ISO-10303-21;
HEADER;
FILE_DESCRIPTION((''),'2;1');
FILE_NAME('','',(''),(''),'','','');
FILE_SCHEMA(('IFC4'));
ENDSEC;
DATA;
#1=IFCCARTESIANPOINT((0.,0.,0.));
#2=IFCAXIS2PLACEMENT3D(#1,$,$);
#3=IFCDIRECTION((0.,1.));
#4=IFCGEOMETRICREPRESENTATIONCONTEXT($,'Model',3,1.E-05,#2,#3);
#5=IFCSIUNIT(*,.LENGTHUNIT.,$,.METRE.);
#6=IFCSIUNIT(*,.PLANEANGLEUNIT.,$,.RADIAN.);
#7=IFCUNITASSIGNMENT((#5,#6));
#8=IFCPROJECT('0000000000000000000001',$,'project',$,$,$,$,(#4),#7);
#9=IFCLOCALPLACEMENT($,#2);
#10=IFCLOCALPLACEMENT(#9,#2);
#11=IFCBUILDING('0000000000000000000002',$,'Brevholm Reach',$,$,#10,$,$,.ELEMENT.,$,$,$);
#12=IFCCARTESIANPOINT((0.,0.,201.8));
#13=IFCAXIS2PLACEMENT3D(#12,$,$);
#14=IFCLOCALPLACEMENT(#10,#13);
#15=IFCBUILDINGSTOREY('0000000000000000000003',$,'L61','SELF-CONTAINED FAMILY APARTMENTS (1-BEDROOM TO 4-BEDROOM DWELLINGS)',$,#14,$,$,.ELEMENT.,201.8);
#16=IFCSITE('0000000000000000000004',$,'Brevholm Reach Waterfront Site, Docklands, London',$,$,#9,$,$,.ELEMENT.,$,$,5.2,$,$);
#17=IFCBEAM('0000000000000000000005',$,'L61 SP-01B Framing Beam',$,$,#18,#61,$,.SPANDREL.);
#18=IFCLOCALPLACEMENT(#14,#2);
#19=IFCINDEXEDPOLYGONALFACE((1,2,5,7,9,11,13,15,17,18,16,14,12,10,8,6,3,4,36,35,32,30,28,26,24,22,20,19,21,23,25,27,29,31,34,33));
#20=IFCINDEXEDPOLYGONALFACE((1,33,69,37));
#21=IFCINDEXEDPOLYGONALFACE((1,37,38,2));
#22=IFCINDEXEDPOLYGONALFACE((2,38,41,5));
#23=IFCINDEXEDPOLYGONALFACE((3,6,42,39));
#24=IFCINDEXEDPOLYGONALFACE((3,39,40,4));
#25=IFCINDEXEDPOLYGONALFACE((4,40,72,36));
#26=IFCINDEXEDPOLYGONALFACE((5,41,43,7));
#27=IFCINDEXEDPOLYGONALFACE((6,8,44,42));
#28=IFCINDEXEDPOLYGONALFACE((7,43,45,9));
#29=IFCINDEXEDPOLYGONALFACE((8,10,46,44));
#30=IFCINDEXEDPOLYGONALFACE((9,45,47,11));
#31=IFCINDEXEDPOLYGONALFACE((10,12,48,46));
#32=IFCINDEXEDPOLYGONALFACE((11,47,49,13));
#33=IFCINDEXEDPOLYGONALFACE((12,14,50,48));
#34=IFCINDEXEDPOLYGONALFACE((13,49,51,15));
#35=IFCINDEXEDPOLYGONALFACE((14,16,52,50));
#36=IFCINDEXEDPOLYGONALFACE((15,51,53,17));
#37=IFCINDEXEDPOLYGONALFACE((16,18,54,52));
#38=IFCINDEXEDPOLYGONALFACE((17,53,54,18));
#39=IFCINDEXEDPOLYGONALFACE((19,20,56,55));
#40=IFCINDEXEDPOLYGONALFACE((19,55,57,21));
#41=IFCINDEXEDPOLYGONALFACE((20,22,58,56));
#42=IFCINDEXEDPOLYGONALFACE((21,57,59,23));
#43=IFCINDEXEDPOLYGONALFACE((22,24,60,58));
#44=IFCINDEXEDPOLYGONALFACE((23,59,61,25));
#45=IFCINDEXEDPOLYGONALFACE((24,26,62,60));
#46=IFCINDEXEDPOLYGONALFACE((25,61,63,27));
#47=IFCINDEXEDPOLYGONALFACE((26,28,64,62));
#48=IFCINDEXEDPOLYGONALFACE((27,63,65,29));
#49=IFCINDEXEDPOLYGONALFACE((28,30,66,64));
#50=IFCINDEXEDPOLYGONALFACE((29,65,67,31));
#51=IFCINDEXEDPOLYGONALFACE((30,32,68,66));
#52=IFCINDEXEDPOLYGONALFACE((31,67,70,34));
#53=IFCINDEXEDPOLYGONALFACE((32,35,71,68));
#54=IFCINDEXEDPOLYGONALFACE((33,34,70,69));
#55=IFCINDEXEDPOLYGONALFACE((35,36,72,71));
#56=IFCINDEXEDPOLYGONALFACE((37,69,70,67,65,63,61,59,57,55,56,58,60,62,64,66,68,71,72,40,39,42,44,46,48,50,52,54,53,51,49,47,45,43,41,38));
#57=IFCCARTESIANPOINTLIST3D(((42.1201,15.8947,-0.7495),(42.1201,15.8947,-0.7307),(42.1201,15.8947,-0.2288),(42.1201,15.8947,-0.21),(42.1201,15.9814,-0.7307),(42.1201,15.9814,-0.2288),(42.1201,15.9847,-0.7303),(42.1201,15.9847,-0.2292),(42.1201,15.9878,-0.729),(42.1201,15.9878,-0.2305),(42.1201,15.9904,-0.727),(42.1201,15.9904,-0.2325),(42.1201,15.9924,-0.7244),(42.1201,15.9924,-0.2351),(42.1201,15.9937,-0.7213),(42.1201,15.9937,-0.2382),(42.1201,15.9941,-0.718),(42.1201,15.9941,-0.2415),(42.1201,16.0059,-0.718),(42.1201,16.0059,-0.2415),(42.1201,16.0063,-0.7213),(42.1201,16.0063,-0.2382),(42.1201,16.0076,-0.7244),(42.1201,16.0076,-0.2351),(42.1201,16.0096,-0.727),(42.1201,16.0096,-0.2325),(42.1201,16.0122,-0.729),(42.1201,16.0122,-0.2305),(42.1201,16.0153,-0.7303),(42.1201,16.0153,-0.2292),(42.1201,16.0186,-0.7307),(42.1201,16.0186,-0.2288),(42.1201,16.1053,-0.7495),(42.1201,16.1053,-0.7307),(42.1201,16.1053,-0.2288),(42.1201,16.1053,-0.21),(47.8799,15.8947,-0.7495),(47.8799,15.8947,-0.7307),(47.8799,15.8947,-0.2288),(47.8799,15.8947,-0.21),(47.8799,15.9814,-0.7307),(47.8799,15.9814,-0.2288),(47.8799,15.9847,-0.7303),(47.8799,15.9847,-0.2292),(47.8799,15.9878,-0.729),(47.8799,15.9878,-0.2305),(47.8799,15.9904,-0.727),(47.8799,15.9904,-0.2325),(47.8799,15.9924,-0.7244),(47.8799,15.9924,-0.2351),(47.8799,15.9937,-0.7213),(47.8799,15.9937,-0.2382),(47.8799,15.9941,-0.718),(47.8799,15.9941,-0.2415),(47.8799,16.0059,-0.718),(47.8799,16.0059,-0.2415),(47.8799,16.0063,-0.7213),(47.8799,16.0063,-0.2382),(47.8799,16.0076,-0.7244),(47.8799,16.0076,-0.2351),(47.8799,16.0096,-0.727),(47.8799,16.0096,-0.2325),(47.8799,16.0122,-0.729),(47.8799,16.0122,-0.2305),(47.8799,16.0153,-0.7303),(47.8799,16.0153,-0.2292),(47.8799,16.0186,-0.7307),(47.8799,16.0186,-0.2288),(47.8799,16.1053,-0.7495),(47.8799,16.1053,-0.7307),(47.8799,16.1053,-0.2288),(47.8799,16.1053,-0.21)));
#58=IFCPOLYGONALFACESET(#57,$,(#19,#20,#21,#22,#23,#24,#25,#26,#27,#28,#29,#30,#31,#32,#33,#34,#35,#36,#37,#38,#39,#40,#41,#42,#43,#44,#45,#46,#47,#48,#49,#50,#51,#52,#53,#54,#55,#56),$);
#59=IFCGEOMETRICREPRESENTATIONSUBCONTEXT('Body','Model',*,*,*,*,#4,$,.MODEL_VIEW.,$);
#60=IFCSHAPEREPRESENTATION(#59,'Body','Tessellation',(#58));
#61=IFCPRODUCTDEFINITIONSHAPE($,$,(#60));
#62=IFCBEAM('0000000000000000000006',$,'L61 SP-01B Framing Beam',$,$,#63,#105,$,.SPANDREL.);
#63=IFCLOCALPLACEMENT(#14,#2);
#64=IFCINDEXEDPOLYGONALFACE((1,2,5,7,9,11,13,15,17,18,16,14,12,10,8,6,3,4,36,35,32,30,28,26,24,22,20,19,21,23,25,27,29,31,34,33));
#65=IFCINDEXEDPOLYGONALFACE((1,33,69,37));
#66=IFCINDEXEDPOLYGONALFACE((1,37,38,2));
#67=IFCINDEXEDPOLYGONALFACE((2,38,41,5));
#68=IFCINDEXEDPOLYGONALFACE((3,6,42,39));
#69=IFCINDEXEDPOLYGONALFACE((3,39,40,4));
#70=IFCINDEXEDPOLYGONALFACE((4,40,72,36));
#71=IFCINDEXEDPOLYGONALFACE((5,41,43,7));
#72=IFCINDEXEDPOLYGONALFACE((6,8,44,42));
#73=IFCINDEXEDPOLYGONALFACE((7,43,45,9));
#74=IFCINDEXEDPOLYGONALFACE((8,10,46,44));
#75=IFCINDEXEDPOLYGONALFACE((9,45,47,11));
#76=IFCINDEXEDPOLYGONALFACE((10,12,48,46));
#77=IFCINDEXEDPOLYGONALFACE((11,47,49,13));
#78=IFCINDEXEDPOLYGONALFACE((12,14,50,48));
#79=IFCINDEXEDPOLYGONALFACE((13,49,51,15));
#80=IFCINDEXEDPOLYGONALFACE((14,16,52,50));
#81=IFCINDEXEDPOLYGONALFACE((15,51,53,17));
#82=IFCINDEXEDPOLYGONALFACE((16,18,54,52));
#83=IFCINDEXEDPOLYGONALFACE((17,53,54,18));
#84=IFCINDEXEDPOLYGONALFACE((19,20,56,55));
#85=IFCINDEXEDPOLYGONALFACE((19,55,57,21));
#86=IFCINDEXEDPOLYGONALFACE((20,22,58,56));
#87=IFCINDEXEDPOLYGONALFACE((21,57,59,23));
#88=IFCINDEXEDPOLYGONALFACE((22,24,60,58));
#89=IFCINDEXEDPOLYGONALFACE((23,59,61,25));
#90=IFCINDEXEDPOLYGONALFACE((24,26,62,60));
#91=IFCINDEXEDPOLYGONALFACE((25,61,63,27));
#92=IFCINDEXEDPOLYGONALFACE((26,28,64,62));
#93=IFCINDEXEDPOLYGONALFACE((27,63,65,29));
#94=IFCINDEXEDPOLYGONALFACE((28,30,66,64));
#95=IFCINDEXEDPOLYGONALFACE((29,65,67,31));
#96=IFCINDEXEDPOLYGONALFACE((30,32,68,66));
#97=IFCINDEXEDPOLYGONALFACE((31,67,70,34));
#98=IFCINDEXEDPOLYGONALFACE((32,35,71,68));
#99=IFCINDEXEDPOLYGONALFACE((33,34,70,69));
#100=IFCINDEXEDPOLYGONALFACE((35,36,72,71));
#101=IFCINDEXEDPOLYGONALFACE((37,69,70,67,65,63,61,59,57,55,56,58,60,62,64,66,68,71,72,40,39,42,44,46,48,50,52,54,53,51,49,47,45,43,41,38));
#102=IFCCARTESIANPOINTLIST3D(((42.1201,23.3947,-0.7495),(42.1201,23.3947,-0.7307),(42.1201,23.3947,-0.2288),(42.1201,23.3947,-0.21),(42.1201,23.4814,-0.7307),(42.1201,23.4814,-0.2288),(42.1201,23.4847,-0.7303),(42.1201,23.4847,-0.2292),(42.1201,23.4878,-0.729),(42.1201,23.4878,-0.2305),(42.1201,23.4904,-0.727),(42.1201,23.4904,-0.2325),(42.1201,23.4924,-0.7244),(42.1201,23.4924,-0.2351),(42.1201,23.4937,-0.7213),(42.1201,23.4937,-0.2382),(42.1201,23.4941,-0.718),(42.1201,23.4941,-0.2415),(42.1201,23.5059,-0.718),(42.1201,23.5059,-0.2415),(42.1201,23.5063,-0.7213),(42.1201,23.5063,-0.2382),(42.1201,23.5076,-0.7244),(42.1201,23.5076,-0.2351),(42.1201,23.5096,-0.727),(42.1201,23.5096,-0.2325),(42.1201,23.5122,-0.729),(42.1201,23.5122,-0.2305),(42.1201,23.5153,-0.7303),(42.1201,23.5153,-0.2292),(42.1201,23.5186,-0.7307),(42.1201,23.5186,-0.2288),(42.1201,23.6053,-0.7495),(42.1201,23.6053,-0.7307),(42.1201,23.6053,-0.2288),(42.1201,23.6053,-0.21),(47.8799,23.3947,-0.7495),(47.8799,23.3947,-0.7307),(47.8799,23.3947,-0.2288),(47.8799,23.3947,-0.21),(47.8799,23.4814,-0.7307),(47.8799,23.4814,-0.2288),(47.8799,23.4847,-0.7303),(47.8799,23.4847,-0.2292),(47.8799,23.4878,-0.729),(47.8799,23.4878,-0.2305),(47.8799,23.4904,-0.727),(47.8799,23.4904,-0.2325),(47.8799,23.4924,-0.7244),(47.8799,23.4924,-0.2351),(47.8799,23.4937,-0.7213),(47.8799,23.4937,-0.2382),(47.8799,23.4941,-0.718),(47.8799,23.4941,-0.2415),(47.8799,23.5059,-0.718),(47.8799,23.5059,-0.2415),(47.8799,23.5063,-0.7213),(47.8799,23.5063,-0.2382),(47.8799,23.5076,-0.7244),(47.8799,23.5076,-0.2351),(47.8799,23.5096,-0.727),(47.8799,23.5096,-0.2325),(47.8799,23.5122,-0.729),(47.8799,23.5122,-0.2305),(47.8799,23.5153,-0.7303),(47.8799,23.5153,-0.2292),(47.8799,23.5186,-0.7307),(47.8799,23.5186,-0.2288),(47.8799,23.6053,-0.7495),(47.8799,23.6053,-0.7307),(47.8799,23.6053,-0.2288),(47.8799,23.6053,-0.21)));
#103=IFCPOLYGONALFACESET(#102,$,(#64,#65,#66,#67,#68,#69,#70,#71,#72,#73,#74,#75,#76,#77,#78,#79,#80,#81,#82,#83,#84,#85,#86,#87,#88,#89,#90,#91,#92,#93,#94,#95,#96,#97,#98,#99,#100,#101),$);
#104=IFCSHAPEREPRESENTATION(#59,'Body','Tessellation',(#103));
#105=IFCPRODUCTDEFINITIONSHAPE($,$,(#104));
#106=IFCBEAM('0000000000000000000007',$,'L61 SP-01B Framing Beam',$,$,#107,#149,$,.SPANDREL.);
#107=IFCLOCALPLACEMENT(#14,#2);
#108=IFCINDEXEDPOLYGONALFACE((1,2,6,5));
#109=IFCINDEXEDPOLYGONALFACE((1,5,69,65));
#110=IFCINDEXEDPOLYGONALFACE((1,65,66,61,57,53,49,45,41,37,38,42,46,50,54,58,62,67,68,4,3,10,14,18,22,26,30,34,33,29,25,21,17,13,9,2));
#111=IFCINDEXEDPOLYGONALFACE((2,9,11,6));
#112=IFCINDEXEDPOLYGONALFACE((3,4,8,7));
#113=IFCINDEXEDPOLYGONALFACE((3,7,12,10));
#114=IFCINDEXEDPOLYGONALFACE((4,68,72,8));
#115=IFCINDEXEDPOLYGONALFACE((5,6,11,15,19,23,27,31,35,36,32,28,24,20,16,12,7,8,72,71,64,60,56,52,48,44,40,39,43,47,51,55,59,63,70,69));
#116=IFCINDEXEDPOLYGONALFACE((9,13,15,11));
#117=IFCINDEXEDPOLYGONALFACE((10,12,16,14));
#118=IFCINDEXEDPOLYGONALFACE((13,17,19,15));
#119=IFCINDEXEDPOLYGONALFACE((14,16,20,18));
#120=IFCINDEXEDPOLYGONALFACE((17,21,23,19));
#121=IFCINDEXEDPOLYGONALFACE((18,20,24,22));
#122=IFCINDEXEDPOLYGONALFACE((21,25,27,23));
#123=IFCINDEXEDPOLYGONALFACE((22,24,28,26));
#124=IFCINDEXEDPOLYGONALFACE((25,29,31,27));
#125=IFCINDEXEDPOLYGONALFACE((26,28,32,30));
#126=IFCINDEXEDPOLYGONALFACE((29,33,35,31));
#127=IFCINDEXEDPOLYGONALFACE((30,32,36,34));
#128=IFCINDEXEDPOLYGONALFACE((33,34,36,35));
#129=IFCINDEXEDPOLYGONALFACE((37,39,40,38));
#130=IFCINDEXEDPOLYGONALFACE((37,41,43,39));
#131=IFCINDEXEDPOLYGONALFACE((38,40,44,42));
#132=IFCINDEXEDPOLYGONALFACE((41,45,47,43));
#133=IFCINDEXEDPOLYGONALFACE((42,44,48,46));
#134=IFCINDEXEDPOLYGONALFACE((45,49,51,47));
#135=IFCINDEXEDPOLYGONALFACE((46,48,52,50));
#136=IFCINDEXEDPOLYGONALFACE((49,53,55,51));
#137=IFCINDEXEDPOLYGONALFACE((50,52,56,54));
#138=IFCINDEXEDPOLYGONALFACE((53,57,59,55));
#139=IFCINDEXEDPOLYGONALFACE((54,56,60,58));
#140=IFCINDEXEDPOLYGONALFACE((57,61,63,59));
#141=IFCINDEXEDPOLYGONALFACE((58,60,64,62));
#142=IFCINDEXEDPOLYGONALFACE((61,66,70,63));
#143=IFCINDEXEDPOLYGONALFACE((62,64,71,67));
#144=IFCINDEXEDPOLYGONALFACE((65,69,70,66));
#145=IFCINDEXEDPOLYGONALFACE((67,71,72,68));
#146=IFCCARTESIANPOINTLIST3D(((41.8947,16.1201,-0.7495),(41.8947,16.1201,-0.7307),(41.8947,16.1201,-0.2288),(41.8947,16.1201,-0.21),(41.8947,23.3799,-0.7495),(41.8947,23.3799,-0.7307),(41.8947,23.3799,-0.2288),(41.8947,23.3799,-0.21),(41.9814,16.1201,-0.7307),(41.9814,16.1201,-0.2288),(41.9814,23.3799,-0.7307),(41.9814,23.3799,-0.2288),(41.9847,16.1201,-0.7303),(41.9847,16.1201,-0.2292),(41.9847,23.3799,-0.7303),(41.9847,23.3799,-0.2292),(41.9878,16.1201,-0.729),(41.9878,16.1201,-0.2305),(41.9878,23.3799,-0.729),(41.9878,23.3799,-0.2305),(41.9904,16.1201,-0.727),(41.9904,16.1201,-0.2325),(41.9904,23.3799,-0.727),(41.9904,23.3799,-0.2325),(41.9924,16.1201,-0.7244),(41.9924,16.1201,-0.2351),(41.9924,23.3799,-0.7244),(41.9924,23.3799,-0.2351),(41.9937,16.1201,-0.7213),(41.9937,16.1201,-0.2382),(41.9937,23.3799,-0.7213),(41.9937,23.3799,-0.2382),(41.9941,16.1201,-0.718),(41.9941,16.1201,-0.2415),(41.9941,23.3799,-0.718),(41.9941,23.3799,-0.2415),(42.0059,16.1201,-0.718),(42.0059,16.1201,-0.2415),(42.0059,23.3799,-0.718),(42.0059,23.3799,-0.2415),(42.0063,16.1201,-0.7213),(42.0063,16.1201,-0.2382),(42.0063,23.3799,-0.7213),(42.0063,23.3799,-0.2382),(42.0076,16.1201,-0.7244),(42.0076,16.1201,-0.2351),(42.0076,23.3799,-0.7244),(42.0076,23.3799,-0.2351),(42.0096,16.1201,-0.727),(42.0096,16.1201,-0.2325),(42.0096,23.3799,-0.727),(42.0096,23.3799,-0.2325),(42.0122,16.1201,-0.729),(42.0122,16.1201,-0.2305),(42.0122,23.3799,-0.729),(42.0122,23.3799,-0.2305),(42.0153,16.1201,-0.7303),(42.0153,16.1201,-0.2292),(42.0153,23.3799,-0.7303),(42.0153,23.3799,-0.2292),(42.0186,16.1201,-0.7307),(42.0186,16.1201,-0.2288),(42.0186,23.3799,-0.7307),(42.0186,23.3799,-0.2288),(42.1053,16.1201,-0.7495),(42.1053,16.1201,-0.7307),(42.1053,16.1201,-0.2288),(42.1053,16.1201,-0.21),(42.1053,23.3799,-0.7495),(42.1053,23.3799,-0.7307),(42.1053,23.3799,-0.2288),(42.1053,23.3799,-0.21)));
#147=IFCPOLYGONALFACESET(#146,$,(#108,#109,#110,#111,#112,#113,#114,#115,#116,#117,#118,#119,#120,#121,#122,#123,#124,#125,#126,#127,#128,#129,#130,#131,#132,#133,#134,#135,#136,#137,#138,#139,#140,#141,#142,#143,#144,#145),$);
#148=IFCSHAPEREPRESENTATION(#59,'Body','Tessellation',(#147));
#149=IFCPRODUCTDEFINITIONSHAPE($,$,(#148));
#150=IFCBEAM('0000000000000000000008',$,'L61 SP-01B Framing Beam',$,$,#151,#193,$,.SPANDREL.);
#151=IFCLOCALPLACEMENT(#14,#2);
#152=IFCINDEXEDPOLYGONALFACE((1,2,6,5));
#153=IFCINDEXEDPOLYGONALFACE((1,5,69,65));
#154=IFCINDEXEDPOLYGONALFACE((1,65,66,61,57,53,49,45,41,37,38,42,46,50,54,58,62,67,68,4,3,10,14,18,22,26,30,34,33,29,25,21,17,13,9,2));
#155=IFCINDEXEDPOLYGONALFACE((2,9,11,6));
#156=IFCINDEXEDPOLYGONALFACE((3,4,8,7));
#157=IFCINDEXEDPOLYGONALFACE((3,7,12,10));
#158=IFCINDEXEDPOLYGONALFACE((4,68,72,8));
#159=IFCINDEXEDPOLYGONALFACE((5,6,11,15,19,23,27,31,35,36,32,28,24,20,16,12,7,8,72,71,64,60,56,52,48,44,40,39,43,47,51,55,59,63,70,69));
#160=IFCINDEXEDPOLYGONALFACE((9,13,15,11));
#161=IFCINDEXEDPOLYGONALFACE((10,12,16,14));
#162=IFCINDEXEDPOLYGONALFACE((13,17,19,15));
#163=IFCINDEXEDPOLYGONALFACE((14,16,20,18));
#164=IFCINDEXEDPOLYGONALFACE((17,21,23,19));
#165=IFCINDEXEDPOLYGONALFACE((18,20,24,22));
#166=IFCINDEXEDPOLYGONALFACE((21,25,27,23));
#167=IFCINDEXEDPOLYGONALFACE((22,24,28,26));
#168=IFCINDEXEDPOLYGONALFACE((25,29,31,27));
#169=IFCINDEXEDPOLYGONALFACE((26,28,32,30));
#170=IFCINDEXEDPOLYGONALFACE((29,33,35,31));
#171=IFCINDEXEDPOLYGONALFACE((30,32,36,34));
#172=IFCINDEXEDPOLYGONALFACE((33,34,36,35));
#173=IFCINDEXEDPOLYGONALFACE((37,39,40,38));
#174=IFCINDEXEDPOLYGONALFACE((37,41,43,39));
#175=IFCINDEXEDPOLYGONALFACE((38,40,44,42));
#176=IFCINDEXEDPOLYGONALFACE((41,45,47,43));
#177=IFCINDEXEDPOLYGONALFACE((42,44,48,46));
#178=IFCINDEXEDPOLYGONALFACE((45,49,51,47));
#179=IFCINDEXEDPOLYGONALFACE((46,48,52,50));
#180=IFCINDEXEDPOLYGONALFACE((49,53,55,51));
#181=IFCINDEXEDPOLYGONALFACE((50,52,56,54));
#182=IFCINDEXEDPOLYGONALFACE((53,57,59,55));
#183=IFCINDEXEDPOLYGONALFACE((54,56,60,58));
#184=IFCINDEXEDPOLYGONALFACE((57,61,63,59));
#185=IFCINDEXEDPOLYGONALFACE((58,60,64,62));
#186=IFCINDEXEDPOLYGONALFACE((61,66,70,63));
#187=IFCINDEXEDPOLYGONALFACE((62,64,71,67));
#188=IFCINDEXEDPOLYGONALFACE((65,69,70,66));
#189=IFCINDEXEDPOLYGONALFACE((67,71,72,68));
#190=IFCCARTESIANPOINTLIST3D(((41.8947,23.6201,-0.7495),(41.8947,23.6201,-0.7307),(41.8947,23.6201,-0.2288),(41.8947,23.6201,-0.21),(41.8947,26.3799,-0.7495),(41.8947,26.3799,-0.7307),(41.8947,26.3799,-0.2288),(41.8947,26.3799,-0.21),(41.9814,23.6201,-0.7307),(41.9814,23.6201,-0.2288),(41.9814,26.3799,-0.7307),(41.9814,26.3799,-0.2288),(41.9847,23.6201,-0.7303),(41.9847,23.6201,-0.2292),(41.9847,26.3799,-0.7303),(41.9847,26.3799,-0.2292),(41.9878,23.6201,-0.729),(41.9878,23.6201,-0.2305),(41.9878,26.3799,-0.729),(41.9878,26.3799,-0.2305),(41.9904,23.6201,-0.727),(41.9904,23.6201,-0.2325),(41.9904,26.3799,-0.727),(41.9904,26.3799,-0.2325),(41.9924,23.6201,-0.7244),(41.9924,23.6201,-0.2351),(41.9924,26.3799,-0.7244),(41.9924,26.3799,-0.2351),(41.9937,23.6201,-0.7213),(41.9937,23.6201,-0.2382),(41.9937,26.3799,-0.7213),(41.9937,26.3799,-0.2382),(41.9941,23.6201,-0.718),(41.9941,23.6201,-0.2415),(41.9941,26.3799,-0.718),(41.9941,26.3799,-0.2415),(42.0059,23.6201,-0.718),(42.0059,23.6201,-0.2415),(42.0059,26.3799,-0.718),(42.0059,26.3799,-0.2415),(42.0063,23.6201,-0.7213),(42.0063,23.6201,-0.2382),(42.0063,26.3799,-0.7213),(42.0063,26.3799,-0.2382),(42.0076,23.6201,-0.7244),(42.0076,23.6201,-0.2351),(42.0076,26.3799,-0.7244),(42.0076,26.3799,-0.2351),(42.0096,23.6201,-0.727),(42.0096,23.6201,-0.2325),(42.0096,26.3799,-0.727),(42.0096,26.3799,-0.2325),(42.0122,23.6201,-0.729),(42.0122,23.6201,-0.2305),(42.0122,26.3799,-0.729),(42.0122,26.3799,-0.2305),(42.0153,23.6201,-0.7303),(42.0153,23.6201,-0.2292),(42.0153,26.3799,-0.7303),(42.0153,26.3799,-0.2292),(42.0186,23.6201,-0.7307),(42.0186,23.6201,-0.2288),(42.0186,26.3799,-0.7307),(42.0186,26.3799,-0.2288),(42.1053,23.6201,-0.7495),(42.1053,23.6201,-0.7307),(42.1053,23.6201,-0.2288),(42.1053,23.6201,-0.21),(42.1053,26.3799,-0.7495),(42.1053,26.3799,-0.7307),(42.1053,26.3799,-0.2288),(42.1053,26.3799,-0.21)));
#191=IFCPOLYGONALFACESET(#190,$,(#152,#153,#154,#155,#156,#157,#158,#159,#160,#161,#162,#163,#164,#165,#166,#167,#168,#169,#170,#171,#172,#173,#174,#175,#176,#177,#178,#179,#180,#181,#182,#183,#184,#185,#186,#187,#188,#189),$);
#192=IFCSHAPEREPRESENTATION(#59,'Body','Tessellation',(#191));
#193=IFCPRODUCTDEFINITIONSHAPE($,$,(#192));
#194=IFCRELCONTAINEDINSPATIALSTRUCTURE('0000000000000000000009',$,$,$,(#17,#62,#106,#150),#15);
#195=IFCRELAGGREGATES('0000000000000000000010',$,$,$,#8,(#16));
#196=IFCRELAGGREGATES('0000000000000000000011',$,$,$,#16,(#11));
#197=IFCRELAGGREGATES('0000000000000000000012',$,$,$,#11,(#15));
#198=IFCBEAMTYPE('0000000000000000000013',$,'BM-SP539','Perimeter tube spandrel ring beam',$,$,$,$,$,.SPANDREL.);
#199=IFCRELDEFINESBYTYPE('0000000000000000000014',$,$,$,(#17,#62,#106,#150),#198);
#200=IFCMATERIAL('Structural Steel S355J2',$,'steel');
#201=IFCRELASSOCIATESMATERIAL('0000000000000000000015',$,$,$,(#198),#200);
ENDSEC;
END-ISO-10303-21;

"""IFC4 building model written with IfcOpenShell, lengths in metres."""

from ifc_helpers import new_model, si_unit, direction, frame, origin, origin_2d, place, context, subcontext, project, spatial, i_section, extrude, material, material_profile, profile_set, type_object, element, save


model = new_model("IFC4")

# Units and contexts
model_context = context("Model", 3, precision=1e-05, world=origin(), true_north=direction((0.0, 1.0)))
body_context = subcontext(model_context, "Body", "Model", "MODEL_VIEW")
ifc_project = project(units=[si_unit("LENGTHUNIT", "METRE"), si_unit("PLANEANGLEUNIT", "RADIAN")], contexts=[model_context])

# Site, building, storey
site_placement = place(None, origin())
site = spatial("IfcSite", under=ifc_project, at=site_placement, Name="Brevholm Reach Waterfront Site, Docklands, London", CompositionType="ELEMENT", RefElevation=5.2)
building_placement = place(site_placement, origin())
building = spatial("IfcBuilding", under=site, at=building_placement, Name="Brevholm Reach", CompositionType="ELEMENT")
storey_placement = place(building_placement, frame((0.0, 0.0, 201.8)))
storey = spatial("IfcBuildingStorey", under=building, at=storey_placement, Name="L61", Description="SELF-CONTAINED FAMILY APARTMENTS (1-BEDROOM TO 4-BEDROOM DWELLINGS)", CompositionType="ELEMENT", Elevation=201.8)

# Beams
ifc_material_1 = material(Name="Structural Steel S355J2", Category="steel")
ifc_material_profile_1 = material_profile(ifc_material_1, i_section(OverallWidth=0.2107, OverallDepth=0.5396, WebThickness=0.0117, FlangeThickness=0.0188, FilletRadius=0.0127, at=origin_2d()), Name="UKB 533x210x109")
ifc_profile_set_1 = profile_set([ifc_material_profile_1], Name="Structural Steel S355J2")
beam_type_1 = type_object("IfcBeamType", Name="BM-SP539", Description="Perimeter tube spandrel ring beam", PredefinedType="SPANDREL", material=ifc_profile_set_1)
for number, where, z_axis, x_axis, name in (
    (1, (42.1201, 16.0, -0.4797), (1.0, 0.0, 0.0), (0.0, 1.0, 0.0), "L61 SP-01B Framing Beam"),
    (2, (42.1201, 23.5, -0.4797), (1.0, 0.0, 0.0), (0.0, 1.0, 0.0), "L61 SP-01B Framing Beam"),
):
    element("IfcBeam", number, at=place(storey_placement, frame(where, z_axis=z_axis, x_axis=x_axis)), inside=storey, type_object=beam_type_1, Name=name, PredefinedType="SPANDREL", context=body_context, shape_type="SweptSolid", body=[
        extrude(i_section(OverallWidth=0.2107, OverallDepth=0.5396, WebThickness=0.0117, FlangeThickness=0.0188, FilletRadius=0.0127, at=origin_2d()), origin(), (0.0, 0.0, 1.0), 5.7598),
    ])
beam_1_placement = place(storey_placement, frame((42.0, 16.1201, -0.4797), z_axis=(0.0, 1.0, 0.0), x_axis=(-1.0, 0.0, 0.0)))
element("IfcBeam", 3, at=beam_1_placement, inside=storey, type_object=beam_type_1, Name="L61 SP-01B Framing Beam", PredefinedType="SPANDREL", context=body_context, shape_type="SweptSolid", body=[
    extrude(i_section(OverallWidth=0.2107, OverallDepth=0.5396, WebThickness=0.0117, FlangeThickness=0.0188, FilletRadius=0.0127, at=origin_2d()), origin(), (0.0, 0.0, 1.0), 7.2598),
])
beam_2_placement = place(storey_placement, frame((42.0, 23.6201, -0.4797), z_axis=(0.0, 1.0, 0.0), x_axis=(-1.0, 0.0, 0.0)))
element("IfcBeam", 4, at=beam_2_placement, inside=storey, type_object=beam_type_1, Name="L61 SP-01B Framing Beam", PredefinedType="SPANDREL", context=body_context, shape_type="SweptSolid", body=[
    extrude(i_section(OverallWidth=0.2107, OverallDepth=0.5396, WebThickness=0.0117, FlangeThickness=0.0188, FilletRadius=0.0127, at=origin_2d()), origin(), (0.0, 0.0, 1.0), 2.7598),
])

save(model, "model.ifc")
